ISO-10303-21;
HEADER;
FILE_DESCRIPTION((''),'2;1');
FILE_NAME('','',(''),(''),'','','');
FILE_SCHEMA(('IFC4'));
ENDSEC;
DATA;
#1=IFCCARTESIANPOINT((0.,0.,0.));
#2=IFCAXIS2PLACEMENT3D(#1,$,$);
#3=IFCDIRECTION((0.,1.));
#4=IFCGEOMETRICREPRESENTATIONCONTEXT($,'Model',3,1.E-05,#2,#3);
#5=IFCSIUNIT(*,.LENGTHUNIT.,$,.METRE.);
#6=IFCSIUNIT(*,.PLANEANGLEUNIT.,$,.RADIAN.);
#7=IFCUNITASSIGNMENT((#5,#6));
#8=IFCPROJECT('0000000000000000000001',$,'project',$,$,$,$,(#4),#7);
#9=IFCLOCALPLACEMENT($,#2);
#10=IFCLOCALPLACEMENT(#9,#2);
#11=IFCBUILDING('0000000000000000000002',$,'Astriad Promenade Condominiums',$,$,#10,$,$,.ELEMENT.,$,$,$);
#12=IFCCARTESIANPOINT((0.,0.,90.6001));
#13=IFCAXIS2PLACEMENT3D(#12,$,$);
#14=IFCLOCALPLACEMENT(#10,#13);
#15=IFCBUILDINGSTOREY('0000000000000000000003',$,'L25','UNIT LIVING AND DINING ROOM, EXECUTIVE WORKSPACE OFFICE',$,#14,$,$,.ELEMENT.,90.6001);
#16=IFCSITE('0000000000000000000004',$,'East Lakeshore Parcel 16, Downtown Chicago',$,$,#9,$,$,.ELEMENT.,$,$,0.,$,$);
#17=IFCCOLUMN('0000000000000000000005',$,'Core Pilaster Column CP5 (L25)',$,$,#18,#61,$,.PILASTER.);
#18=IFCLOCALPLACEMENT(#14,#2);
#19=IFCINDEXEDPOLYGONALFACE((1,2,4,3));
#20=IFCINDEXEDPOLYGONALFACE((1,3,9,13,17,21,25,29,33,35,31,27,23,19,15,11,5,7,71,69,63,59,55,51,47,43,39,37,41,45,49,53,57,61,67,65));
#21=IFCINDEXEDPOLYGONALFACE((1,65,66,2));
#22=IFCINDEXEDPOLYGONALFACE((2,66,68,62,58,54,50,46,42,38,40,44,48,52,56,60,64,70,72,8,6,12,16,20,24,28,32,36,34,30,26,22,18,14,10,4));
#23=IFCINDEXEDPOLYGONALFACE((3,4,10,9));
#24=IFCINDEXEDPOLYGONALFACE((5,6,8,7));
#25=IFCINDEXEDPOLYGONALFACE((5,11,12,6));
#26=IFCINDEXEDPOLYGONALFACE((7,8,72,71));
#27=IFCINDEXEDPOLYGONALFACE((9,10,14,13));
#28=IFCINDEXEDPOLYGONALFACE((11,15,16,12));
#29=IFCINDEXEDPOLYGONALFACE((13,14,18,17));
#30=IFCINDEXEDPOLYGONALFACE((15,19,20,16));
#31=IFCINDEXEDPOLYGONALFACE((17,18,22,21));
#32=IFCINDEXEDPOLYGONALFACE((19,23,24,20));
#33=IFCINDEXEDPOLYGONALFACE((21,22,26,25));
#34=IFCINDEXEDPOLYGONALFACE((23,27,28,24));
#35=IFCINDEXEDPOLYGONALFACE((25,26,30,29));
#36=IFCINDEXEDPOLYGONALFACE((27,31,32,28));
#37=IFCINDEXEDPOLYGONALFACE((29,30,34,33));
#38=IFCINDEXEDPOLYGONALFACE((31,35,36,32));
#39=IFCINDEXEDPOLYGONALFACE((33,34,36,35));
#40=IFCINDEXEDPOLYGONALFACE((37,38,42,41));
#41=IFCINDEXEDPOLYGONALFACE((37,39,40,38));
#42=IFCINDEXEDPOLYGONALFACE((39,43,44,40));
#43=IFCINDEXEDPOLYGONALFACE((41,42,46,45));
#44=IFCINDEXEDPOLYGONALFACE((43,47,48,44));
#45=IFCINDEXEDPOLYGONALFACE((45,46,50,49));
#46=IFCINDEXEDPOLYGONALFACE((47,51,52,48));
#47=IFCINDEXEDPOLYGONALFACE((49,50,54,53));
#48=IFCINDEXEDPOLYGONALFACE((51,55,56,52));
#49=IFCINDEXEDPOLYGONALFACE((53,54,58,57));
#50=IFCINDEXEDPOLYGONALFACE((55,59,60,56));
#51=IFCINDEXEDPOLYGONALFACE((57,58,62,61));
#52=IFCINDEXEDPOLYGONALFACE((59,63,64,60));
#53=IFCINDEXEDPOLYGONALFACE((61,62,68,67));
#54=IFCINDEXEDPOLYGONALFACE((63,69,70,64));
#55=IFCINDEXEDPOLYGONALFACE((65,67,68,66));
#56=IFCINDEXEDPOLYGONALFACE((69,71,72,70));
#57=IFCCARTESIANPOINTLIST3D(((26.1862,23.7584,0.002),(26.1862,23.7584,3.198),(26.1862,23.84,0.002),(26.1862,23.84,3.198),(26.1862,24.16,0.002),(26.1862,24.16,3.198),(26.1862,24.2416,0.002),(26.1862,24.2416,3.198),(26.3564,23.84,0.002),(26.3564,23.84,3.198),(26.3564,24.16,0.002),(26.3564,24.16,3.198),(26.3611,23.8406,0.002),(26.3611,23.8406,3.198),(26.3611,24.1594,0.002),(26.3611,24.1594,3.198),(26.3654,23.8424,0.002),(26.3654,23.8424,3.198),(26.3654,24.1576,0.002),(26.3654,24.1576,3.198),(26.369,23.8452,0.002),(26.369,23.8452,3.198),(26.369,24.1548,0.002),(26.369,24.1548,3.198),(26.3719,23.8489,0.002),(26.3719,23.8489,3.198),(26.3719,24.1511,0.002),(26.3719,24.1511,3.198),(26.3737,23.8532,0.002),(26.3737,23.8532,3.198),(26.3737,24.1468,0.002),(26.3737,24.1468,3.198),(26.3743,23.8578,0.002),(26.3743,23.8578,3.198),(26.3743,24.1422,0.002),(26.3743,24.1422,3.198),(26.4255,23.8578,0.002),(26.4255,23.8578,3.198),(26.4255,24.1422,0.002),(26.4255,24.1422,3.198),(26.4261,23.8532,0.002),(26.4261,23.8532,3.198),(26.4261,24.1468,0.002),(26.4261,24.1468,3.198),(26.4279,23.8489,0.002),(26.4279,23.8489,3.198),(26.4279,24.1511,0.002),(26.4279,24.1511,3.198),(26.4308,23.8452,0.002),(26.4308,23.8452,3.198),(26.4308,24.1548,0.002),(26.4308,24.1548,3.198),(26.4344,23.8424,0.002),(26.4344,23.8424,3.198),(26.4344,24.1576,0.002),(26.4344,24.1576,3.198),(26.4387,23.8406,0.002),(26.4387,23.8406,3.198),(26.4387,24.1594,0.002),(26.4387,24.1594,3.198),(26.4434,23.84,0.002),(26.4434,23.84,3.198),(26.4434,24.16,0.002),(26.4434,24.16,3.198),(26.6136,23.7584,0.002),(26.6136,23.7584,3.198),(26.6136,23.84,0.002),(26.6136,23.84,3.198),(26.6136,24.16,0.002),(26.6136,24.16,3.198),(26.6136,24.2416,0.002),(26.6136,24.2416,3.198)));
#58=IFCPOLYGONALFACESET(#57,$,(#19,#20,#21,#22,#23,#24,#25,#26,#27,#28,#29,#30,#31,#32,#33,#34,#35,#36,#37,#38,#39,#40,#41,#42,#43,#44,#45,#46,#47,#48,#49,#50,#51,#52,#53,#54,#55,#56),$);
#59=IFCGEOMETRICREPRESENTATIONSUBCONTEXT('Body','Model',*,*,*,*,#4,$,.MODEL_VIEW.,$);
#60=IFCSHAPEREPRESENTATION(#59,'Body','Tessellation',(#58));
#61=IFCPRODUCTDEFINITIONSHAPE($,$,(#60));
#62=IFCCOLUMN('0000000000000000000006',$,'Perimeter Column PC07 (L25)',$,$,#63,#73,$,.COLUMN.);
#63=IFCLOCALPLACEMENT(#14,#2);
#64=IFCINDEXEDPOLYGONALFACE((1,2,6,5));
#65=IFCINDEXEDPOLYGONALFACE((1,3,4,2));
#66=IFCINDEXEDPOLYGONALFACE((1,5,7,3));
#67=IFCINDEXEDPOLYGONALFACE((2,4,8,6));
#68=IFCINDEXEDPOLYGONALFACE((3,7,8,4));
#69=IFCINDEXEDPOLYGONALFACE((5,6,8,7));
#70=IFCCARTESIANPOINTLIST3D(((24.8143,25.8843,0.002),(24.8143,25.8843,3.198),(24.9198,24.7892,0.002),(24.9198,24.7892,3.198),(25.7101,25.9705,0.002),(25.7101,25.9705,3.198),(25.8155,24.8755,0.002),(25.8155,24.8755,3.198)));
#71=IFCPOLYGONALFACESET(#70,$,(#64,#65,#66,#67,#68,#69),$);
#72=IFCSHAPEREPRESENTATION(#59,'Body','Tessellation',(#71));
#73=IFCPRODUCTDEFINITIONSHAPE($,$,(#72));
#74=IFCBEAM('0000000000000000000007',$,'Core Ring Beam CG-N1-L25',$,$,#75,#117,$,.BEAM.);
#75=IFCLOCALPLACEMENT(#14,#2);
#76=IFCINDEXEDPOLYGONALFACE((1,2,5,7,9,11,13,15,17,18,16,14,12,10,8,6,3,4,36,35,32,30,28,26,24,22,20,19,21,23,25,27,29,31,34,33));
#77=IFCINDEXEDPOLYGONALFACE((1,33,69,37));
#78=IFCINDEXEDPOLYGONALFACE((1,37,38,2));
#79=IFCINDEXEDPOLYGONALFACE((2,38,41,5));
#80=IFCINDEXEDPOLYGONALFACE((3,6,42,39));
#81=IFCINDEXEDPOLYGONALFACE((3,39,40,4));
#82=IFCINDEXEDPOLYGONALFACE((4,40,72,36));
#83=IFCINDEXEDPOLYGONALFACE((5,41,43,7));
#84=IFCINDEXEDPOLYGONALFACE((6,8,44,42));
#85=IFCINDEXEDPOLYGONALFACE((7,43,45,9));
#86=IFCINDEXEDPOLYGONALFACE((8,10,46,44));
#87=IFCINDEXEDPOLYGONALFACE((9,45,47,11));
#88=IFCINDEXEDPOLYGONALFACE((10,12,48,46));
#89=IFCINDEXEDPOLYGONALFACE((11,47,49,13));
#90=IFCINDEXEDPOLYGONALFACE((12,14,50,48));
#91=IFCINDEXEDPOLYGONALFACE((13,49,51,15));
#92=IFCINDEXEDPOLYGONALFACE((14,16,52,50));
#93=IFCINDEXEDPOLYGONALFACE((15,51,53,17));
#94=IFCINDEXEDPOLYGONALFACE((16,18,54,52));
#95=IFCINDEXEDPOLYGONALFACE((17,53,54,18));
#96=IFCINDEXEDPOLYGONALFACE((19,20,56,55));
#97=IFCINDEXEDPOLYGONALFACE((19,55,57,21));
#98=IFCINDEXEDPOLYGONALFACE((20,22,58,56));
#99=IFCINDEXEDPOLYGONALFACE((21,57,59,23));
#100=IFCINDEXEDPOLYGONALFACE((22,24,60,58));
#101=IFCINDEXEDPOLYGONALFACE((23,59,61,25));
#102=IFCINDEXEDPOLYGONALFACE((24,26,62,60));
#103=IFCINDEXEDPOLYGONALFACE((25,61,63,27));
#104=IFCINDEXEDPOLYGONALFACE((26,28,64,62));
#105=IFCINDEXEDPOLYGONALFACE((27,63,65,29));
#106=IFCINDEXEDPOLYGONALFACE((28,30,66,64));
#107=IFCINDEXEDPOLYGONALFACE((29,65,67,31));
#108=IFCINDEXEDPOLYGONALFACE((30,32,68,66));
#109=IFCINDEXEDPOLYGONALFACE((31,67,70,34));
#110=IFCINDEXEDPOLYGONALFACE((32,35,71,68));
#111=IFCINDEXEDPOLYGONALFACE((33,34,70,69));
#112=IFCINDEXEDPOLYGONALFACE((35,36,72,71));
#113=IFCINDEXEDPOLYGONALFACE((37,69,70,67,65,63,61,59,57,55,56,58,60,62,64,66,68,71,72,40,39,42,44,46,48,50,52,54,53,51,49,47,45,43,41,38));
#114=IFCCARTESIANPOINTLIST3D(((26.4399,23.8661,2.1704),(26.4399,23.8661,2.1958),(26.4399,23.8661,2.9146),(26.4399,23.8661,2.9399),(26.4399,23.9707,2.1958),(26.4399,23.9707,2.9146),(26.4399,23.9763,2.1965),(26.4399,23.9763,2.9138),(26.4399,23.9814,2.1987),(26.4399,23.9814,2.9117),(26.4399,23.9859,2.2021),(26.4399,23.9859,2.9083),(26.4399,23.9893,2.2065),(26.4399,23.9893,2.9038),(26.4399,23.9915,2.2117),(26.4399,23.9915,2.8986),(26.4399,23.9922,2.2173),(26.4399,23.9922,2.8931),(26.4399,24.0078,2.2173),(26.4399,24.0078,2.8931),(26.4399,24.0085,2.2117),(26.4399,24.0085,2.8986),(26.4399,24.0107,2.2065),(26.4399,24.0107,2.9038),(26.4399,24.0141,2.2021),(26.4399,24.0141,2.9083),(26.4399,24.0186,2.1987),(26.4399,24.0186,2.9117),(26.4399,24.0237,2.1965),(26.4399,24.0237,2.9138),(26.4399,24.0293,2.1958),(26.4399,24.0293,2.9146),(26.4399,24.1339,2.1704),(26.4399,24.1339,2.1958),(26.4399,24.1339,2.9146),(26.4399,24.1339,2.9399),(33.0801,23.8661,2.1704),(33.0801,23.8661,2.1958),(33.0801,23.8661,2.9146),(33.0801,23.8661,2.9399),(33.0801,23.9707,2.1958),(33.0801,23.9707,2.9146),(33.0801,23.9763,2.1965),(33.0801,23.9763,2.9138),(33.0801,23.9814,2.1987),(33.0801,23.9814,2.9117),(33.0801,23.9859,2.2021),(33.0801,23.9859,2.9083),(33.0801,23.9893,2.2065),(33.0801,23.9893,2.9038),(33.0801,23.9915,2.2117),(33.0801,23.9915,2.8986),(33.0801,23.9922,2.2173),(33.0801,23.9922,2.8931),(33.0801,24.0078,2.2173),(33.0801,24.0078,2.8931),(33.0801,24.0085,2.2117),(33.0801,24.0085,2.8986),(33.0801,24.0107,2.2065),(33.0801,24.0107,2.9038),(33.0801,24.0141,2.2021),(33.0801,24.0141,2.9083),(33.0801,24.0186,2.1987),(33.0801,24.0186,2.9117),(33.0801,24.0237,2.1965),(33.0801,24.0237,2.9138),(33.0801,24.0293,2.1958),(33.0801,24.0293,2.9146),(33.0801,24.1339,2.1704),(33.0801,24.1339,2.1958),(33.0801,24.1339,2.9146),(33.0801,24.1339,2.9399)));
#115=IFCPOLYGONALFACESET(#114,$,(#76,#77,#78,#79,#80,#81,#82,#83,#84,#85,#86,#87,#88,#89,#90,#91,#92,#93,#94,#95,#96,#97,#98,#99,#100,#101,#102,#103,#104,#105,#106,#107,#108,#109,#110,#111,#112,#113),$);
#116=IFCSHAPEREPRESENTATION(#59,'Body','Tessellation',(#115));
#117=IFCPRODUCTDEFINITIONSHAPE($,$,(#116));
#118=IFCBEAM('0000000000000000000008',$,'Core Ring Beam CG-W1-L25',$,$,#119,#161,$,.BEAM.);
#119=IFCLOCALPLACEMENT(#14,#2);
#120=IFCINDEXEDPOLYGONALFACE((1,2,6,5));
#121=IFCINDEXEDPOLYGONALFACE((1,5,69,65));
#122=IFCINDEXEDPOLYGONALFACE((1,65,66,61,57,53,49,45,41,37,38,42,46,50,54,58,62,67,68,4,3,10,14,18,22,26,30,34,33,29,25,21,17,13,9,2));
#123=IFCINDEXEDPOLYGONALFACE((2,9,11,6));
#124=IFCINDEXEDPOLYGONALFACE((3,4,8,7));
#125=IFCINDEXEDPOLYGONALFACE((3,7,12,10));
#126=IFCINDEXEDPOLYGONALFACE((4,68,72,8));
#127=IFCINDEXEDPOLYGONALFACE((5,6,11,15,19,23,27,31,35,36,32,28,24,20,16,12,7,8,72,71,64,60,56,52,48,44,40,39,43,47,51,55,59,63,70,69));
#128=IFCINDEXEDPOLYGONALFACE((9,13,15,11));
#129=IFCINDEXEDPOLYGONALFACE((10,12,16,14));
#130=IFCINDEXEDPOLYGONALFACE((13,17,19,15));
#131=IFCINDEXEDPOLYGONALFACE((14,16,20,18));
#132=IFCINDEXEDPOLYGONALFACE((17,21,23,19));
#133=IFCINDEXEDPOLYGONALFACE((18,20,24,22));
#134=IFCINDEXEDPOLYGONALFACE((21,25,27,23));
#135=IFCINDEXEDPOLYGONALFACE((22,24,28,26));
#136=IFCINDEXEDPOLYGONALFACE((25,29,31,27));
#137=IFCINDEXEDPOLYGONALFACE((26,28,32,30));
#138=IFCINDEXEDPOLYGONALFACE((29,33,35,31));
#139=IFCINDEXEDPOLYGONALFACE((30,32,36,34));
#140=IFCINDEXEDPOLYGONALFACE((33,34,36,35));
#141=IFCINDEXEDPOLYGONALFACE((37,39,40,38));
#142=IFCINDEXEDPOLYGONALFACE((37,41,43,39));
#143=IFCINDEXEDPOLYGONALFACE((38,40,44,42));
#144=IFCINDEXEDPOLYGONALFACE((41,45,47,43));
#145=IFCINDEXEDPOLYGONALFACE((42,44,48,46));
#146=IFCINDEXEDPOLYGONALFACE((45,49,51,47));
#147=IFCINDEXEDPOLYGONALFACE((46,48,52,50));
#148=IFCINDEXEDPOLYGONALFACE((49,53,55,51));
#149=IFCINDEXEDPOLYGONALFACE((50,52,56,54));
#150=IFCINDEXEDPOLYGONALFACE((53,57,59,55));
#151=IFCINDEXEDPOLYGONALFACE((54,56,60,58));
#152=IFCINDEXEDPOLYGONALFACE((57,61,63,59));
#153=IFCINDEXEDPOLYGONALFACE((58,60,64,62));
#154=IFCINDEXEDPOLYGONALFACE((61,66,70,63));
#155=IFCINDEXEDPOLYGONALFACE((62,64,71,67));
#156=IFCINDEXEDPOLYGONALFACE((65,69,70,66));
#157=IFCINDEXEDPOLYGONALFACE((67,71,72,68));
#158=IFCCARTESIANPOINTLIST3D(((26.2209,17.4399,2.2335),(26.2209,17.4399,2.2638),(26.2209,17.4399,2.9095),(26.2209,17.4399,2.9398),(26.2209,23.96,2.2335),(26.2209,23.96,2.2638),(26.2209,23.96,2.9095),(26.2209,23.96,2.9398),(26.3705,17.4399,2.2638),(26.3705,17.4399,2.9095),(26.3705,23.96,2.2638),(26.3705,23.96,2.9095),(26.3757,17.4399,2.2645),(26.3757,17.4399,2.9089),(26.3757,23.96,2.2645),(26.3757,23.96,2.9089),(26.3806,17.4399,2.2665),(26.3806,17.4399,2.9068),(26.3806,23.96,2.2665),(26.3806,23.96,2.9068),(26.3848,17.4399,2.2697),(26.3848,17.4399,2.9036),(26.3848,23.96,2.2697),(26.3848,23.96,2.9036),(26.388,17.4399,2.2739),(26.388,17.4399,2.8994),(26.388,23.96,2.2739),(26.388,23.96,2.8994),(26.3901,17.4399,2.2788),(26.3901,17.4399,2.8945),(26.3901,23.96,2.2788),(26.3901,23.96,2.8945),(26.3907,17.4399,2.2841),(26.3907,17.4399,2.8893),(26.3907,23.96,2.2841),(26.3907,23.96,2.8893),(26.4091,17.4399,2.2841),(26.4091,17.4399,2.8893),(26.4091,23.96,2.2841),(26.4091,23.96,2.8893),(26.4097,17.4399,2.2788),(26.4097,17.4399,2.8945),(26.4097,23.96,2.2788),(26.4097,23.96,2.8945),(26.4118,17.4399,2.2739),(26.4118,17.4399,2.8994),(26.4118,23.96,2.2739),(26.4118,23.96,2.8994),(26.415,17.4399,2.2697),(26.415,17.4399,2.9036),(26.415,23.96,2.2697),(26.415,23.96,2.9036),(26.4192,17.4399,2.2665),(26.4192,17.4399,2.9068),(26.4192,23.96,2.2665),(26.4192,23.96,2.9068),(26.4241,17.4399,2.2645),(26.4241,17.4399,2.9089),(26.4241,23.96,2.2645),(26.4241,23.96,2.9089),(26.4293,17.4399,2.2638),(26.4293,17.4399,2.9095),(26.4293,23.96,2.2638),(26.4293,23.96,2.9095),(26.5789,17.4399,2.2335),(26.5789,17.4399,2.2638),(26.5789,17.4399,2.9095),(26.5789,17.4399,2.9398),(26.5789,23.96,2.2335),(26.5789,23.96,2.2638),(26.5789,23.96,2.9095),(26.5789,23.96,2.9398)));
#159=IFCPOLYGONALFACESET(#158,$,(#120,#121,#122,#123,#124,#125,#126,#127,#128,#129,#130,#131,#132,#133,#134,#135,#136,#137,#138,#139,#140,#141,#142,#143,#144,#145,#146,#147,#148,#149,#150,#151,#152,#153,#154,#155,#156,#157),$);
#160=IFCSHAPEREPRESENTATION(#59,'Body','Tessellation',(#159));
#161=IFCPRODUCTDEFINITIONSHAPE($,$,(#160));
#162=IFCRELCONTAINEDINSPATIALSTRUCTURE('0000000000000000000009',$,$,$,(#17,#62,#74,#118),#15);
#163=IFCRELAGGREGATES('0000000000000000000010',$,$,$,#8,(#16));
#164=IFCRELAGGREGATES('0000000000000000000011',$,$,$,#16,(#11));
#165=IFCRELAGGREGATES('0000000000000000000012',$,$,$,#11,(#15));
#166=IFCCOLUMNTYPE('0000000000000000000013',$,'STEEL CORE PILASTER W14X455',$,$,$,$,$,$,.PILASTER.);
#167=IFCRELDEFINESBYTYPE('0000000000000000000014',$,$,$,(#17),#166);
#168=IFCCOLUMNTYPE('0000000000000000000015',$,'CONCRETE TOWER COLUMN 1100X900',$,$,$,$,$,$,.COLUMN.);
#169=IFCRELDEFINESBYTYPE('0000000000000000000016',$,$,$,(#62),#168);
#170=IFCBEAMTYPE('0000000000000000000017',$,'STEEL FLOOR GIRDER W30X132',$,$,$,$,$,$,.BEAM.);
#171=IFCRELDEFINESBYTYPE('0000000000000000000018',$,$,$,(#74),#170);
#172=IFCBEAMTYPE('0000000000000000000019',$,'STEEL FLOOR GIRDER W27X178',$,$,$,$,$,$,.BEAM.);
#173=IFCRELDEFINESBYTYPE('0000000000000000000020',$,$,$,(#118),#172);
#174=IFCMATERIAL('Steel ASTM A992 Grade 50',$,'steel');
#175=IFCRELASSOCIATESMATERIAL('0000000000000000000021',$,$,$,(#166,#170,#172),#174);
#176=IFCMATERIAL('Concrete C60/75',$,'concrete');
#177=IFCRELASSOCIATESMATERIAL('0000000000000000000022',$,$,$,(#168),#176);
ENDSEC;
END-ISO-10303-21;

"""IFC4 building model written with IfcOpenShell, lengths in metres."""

from ifc_helpers import new_model, si_unit, direction, frame, origin, origin_2d, place, context, subcontext, project, spatial, rectangle, i_section, extrude, source, transform, mapped, material, material_profile, profile_set, type_object, type_shapes, element, save


model = new_model("IFC4")

# Units and contexts
model_context = context("Model", 3, precision=1e-05, world=origin(), true_north=direction((0.0, 1.0)))
body_context = subcontext(model_context, "Body", "Model", "MODEL_VIEW")
ifc_project = project(units=[si_unit("LENGTHUNIT", "METRE"), si_unit("PLANEANGLEUNIT", "RADIAN")], contexts=[model_context])

# Site, building, storey
site_placement = place(None, origin())
site = spatial("IfcSite", under=ifc_project, at=site_placement, Name="East Lakeshore Parcel 16, Downtown Chicago", CompositionType="ELEMENT", RefElevation=0.0)
building_placement = place(site_placement, origin())
building = spatial("IfcBuilding", under=site, at=building_placement, Name="Astriad Promenade Condominiums", CompositionType="ELEMENT")
storey_placement = place(building_placement, frame((0.0, 0.0, 90.6001)))
storey = spatial("IfcBuildingStorey", under=building, at=storey_placement, Name="L25", Description="UNIT LIVING AND DINING ROOM, EXECUTIVE WORKSPACE OFFICE", CompositionType="ELEMENT", Elevation=90.6001)

# Columns
ifc_material_1 = material(Name="Steel ASTM A992 Grade 50", Category="steel")
ifc_material_profile_1 = material_profile(ifc_material_1, i_section(OverallWidth=0.4275, OverallDepth=0.4832, WebThickness=0.0513, FlangeThickness=0.0815, FilletRadius=0.0178, at=origin_2d()), Name="W14X455")
ifc_profile_set_1 = profile_set([ifc_material_profile_1], Name="Steel ASTM A992 Grade 50")
column_type_1 = type_object("IfcColumnType", Name="STEEL CORE PILASTER W14X455", PredefinedType="PILASTER", material=ifc_profile_set_1)
shared_shape_1 = source(origin(), body_context, "Body", "SweptSolid", [
    extrude(i_section(OverallWidth=0.4275, OverallDepth=0.4832, WebThickness=0.0513, FlangeThickness=0.0815, FilletRadius=0.0178, at=origin_2d()), origin(), (0.0, 0.0, 1.0), 3.196),
])
type_shapes(column_type_1, [shared_shape_1])
column_1_placement = place(storey_placement, frame((26.3999, 24.0, 0.002), z_axis=(0.0, 0.0, 1.0), x_axis=(1.0, 0.0, 0.0)))
element("IfcColumn", 1, at=column_1_placement, inside=storey, type_object=column_type_1, Name="Core Pilaster Column CP5 (L25)", PredefinedType="PILASTER", context=body_context, shape_type="MappedRepresentation", body=[
    mapped(shared_shape_1, transform((0.0, 0.0, 0.0), scale=1.0)),
])
ifc_material_2 = material(Name="Concrete C60/75", Category="concrete")
ifc_material_profile_2 = material_profile(ifc_material_2, rectangle(XDim=0.8999, YDim=1.1001, at=origin_2d()), Name="RC-COL-1100X900")
ifc_profile_set_2 = profile_set([ifc_material_profile_2], Name="Concrete C60/75")
column_type_2 = type_object("IfcColumnType", Name="CONCRETE TOWER COLUMN 1100X900", PredefinedType="COLUMN", material=ifc_profile_set_2)
shared_shape_2 = source(origin(), body_context, "Body", "SweptSolid", [
    extrude(rectangle(XDim=0.8999, YDim=1.1001, at=origin_2d()), origin(), (0.0, 0.0, 1.0), 3.196),
])
type_shapes(column_type_2, [shared_shape_2])
column_2_placement = place(storey_placement, frame((25.3149, 25.3799, 0.002), z_axis=(0.0, 0.0, 1.0), x_axis=(0.995396, 0.095846, 0.0)))
element("IfcColumn", 2, at=column_2_placement, inside=storey, type_object=column_type_2, Name="Perimeter Column PC07 (L25)", PredefinedType="COLUMN", context=body_context, shape_type="MappedRepresentation", body=[
    mapped(shared_shape_2, transform((0.0, 0.0, 0.0), scale=1.0)),
])

# Beams
ifc_material_profile_3 = material_profile(ifc_material_1, i_section(OverallWidth=0.2678, OverallDepth=0.7695, WebThickness=0.0156, FlangeThickness=0.0254, FilletRadius=0.0215, at=origin_2d()), Name="W30X132")
ifc_profile_set_3 = profile_set([ifc_material_profile_3], Name="Steel ASTM A992 Grade 50")
beam_type_1 = type_object("IfcBeamType", Name="STEEL FLOOR GIRDER W30X132", PredefinedType="BEAM", material=ifc_profile_set_3)
shared_shape_3 = source(origin(), body_context, "Body", "SweptSolid", [
    extrude(i_section(OverallWidth=0.2678, OverallDepth=0.7695, WebThickness=0.0156, FlangeThickness=0.0254, FilletRadius=0.0215, at=origin_2d()), origin(), (0.0, 0.0, 1.0), 6.6401),
])
type_shapes(beam_type_1, [shared_shape_3])
beam_1_placement = place(storey_placement, frame((26.4399, 24.0, 2.5552), z_axis=(1.0, 0.0, 0.0), x_axis=(0.0, 1.0, 0.0)))
element("IfcBeam", 3, at=beam_1_placement, inside=storey, type_object=beam_type_1, Name="Core Ring Beam CG-N1-L25", PredefinedType="BEAM", context=body_context, shape_type="MappedRepresentation", body=[
    mapped(shared_shape_3, transform((0.0, 0.0, 0.0), scale=1.0)),
])
ifc_material_profile_4 = material_profile(ifc_material_1, i_section(OverallWidth=0.3579, OverallDepth=0.7063, WebThickness=0.0183, FlangeThickness=0.0303, FilletRadius=0.0203, at=origin_2d()), Name="W27X178")
ifc_profile_set_4 = profile_set([ifc_material_profile_4], Name="Steel ASTM A992 Grade 50")
beam_type_2 = type_object("IfcBeamType", Name="STEEL FLOOR GIRDER W27X178", PredefinedType="BEAM", material=ifc_profile_set_4)
shared_shape_4 = source(origin(), body_context, "Body", "SweptSolid", [
    extrude(i_section(OverallWidth=0.3579, OverallDepth=0.7063, WebThickness=0.0183, FlangeThickness=0.0303, FilletRadius=0.0203, at=origin_2d()), origin(), (0.0, 0.0, 1.0), 6.52),
])
type_shapes(beam_type_2, [shared_shape_4])
beam_2_placement = place(storey_placement, frame((26.3999, 17.4399, 2.5867), z_axis=(0.0, 1.0, 0.0), x_axis=(-1.0, 0.0, 0.0)))
element("IfcBeam", 4, at=beam_2_placement, inside=storey, type_object=beam_type_2, Name="Core Ring Beam CG-W1-L25", PredefinedType="BEAM", context=body_context, shape_type="MappedRepresentation", body=[
    mapped(shared_shape_4, transform((0.0, 0.0, 0.0), scale=1.0)),
])

save(model, "model.ifc")
